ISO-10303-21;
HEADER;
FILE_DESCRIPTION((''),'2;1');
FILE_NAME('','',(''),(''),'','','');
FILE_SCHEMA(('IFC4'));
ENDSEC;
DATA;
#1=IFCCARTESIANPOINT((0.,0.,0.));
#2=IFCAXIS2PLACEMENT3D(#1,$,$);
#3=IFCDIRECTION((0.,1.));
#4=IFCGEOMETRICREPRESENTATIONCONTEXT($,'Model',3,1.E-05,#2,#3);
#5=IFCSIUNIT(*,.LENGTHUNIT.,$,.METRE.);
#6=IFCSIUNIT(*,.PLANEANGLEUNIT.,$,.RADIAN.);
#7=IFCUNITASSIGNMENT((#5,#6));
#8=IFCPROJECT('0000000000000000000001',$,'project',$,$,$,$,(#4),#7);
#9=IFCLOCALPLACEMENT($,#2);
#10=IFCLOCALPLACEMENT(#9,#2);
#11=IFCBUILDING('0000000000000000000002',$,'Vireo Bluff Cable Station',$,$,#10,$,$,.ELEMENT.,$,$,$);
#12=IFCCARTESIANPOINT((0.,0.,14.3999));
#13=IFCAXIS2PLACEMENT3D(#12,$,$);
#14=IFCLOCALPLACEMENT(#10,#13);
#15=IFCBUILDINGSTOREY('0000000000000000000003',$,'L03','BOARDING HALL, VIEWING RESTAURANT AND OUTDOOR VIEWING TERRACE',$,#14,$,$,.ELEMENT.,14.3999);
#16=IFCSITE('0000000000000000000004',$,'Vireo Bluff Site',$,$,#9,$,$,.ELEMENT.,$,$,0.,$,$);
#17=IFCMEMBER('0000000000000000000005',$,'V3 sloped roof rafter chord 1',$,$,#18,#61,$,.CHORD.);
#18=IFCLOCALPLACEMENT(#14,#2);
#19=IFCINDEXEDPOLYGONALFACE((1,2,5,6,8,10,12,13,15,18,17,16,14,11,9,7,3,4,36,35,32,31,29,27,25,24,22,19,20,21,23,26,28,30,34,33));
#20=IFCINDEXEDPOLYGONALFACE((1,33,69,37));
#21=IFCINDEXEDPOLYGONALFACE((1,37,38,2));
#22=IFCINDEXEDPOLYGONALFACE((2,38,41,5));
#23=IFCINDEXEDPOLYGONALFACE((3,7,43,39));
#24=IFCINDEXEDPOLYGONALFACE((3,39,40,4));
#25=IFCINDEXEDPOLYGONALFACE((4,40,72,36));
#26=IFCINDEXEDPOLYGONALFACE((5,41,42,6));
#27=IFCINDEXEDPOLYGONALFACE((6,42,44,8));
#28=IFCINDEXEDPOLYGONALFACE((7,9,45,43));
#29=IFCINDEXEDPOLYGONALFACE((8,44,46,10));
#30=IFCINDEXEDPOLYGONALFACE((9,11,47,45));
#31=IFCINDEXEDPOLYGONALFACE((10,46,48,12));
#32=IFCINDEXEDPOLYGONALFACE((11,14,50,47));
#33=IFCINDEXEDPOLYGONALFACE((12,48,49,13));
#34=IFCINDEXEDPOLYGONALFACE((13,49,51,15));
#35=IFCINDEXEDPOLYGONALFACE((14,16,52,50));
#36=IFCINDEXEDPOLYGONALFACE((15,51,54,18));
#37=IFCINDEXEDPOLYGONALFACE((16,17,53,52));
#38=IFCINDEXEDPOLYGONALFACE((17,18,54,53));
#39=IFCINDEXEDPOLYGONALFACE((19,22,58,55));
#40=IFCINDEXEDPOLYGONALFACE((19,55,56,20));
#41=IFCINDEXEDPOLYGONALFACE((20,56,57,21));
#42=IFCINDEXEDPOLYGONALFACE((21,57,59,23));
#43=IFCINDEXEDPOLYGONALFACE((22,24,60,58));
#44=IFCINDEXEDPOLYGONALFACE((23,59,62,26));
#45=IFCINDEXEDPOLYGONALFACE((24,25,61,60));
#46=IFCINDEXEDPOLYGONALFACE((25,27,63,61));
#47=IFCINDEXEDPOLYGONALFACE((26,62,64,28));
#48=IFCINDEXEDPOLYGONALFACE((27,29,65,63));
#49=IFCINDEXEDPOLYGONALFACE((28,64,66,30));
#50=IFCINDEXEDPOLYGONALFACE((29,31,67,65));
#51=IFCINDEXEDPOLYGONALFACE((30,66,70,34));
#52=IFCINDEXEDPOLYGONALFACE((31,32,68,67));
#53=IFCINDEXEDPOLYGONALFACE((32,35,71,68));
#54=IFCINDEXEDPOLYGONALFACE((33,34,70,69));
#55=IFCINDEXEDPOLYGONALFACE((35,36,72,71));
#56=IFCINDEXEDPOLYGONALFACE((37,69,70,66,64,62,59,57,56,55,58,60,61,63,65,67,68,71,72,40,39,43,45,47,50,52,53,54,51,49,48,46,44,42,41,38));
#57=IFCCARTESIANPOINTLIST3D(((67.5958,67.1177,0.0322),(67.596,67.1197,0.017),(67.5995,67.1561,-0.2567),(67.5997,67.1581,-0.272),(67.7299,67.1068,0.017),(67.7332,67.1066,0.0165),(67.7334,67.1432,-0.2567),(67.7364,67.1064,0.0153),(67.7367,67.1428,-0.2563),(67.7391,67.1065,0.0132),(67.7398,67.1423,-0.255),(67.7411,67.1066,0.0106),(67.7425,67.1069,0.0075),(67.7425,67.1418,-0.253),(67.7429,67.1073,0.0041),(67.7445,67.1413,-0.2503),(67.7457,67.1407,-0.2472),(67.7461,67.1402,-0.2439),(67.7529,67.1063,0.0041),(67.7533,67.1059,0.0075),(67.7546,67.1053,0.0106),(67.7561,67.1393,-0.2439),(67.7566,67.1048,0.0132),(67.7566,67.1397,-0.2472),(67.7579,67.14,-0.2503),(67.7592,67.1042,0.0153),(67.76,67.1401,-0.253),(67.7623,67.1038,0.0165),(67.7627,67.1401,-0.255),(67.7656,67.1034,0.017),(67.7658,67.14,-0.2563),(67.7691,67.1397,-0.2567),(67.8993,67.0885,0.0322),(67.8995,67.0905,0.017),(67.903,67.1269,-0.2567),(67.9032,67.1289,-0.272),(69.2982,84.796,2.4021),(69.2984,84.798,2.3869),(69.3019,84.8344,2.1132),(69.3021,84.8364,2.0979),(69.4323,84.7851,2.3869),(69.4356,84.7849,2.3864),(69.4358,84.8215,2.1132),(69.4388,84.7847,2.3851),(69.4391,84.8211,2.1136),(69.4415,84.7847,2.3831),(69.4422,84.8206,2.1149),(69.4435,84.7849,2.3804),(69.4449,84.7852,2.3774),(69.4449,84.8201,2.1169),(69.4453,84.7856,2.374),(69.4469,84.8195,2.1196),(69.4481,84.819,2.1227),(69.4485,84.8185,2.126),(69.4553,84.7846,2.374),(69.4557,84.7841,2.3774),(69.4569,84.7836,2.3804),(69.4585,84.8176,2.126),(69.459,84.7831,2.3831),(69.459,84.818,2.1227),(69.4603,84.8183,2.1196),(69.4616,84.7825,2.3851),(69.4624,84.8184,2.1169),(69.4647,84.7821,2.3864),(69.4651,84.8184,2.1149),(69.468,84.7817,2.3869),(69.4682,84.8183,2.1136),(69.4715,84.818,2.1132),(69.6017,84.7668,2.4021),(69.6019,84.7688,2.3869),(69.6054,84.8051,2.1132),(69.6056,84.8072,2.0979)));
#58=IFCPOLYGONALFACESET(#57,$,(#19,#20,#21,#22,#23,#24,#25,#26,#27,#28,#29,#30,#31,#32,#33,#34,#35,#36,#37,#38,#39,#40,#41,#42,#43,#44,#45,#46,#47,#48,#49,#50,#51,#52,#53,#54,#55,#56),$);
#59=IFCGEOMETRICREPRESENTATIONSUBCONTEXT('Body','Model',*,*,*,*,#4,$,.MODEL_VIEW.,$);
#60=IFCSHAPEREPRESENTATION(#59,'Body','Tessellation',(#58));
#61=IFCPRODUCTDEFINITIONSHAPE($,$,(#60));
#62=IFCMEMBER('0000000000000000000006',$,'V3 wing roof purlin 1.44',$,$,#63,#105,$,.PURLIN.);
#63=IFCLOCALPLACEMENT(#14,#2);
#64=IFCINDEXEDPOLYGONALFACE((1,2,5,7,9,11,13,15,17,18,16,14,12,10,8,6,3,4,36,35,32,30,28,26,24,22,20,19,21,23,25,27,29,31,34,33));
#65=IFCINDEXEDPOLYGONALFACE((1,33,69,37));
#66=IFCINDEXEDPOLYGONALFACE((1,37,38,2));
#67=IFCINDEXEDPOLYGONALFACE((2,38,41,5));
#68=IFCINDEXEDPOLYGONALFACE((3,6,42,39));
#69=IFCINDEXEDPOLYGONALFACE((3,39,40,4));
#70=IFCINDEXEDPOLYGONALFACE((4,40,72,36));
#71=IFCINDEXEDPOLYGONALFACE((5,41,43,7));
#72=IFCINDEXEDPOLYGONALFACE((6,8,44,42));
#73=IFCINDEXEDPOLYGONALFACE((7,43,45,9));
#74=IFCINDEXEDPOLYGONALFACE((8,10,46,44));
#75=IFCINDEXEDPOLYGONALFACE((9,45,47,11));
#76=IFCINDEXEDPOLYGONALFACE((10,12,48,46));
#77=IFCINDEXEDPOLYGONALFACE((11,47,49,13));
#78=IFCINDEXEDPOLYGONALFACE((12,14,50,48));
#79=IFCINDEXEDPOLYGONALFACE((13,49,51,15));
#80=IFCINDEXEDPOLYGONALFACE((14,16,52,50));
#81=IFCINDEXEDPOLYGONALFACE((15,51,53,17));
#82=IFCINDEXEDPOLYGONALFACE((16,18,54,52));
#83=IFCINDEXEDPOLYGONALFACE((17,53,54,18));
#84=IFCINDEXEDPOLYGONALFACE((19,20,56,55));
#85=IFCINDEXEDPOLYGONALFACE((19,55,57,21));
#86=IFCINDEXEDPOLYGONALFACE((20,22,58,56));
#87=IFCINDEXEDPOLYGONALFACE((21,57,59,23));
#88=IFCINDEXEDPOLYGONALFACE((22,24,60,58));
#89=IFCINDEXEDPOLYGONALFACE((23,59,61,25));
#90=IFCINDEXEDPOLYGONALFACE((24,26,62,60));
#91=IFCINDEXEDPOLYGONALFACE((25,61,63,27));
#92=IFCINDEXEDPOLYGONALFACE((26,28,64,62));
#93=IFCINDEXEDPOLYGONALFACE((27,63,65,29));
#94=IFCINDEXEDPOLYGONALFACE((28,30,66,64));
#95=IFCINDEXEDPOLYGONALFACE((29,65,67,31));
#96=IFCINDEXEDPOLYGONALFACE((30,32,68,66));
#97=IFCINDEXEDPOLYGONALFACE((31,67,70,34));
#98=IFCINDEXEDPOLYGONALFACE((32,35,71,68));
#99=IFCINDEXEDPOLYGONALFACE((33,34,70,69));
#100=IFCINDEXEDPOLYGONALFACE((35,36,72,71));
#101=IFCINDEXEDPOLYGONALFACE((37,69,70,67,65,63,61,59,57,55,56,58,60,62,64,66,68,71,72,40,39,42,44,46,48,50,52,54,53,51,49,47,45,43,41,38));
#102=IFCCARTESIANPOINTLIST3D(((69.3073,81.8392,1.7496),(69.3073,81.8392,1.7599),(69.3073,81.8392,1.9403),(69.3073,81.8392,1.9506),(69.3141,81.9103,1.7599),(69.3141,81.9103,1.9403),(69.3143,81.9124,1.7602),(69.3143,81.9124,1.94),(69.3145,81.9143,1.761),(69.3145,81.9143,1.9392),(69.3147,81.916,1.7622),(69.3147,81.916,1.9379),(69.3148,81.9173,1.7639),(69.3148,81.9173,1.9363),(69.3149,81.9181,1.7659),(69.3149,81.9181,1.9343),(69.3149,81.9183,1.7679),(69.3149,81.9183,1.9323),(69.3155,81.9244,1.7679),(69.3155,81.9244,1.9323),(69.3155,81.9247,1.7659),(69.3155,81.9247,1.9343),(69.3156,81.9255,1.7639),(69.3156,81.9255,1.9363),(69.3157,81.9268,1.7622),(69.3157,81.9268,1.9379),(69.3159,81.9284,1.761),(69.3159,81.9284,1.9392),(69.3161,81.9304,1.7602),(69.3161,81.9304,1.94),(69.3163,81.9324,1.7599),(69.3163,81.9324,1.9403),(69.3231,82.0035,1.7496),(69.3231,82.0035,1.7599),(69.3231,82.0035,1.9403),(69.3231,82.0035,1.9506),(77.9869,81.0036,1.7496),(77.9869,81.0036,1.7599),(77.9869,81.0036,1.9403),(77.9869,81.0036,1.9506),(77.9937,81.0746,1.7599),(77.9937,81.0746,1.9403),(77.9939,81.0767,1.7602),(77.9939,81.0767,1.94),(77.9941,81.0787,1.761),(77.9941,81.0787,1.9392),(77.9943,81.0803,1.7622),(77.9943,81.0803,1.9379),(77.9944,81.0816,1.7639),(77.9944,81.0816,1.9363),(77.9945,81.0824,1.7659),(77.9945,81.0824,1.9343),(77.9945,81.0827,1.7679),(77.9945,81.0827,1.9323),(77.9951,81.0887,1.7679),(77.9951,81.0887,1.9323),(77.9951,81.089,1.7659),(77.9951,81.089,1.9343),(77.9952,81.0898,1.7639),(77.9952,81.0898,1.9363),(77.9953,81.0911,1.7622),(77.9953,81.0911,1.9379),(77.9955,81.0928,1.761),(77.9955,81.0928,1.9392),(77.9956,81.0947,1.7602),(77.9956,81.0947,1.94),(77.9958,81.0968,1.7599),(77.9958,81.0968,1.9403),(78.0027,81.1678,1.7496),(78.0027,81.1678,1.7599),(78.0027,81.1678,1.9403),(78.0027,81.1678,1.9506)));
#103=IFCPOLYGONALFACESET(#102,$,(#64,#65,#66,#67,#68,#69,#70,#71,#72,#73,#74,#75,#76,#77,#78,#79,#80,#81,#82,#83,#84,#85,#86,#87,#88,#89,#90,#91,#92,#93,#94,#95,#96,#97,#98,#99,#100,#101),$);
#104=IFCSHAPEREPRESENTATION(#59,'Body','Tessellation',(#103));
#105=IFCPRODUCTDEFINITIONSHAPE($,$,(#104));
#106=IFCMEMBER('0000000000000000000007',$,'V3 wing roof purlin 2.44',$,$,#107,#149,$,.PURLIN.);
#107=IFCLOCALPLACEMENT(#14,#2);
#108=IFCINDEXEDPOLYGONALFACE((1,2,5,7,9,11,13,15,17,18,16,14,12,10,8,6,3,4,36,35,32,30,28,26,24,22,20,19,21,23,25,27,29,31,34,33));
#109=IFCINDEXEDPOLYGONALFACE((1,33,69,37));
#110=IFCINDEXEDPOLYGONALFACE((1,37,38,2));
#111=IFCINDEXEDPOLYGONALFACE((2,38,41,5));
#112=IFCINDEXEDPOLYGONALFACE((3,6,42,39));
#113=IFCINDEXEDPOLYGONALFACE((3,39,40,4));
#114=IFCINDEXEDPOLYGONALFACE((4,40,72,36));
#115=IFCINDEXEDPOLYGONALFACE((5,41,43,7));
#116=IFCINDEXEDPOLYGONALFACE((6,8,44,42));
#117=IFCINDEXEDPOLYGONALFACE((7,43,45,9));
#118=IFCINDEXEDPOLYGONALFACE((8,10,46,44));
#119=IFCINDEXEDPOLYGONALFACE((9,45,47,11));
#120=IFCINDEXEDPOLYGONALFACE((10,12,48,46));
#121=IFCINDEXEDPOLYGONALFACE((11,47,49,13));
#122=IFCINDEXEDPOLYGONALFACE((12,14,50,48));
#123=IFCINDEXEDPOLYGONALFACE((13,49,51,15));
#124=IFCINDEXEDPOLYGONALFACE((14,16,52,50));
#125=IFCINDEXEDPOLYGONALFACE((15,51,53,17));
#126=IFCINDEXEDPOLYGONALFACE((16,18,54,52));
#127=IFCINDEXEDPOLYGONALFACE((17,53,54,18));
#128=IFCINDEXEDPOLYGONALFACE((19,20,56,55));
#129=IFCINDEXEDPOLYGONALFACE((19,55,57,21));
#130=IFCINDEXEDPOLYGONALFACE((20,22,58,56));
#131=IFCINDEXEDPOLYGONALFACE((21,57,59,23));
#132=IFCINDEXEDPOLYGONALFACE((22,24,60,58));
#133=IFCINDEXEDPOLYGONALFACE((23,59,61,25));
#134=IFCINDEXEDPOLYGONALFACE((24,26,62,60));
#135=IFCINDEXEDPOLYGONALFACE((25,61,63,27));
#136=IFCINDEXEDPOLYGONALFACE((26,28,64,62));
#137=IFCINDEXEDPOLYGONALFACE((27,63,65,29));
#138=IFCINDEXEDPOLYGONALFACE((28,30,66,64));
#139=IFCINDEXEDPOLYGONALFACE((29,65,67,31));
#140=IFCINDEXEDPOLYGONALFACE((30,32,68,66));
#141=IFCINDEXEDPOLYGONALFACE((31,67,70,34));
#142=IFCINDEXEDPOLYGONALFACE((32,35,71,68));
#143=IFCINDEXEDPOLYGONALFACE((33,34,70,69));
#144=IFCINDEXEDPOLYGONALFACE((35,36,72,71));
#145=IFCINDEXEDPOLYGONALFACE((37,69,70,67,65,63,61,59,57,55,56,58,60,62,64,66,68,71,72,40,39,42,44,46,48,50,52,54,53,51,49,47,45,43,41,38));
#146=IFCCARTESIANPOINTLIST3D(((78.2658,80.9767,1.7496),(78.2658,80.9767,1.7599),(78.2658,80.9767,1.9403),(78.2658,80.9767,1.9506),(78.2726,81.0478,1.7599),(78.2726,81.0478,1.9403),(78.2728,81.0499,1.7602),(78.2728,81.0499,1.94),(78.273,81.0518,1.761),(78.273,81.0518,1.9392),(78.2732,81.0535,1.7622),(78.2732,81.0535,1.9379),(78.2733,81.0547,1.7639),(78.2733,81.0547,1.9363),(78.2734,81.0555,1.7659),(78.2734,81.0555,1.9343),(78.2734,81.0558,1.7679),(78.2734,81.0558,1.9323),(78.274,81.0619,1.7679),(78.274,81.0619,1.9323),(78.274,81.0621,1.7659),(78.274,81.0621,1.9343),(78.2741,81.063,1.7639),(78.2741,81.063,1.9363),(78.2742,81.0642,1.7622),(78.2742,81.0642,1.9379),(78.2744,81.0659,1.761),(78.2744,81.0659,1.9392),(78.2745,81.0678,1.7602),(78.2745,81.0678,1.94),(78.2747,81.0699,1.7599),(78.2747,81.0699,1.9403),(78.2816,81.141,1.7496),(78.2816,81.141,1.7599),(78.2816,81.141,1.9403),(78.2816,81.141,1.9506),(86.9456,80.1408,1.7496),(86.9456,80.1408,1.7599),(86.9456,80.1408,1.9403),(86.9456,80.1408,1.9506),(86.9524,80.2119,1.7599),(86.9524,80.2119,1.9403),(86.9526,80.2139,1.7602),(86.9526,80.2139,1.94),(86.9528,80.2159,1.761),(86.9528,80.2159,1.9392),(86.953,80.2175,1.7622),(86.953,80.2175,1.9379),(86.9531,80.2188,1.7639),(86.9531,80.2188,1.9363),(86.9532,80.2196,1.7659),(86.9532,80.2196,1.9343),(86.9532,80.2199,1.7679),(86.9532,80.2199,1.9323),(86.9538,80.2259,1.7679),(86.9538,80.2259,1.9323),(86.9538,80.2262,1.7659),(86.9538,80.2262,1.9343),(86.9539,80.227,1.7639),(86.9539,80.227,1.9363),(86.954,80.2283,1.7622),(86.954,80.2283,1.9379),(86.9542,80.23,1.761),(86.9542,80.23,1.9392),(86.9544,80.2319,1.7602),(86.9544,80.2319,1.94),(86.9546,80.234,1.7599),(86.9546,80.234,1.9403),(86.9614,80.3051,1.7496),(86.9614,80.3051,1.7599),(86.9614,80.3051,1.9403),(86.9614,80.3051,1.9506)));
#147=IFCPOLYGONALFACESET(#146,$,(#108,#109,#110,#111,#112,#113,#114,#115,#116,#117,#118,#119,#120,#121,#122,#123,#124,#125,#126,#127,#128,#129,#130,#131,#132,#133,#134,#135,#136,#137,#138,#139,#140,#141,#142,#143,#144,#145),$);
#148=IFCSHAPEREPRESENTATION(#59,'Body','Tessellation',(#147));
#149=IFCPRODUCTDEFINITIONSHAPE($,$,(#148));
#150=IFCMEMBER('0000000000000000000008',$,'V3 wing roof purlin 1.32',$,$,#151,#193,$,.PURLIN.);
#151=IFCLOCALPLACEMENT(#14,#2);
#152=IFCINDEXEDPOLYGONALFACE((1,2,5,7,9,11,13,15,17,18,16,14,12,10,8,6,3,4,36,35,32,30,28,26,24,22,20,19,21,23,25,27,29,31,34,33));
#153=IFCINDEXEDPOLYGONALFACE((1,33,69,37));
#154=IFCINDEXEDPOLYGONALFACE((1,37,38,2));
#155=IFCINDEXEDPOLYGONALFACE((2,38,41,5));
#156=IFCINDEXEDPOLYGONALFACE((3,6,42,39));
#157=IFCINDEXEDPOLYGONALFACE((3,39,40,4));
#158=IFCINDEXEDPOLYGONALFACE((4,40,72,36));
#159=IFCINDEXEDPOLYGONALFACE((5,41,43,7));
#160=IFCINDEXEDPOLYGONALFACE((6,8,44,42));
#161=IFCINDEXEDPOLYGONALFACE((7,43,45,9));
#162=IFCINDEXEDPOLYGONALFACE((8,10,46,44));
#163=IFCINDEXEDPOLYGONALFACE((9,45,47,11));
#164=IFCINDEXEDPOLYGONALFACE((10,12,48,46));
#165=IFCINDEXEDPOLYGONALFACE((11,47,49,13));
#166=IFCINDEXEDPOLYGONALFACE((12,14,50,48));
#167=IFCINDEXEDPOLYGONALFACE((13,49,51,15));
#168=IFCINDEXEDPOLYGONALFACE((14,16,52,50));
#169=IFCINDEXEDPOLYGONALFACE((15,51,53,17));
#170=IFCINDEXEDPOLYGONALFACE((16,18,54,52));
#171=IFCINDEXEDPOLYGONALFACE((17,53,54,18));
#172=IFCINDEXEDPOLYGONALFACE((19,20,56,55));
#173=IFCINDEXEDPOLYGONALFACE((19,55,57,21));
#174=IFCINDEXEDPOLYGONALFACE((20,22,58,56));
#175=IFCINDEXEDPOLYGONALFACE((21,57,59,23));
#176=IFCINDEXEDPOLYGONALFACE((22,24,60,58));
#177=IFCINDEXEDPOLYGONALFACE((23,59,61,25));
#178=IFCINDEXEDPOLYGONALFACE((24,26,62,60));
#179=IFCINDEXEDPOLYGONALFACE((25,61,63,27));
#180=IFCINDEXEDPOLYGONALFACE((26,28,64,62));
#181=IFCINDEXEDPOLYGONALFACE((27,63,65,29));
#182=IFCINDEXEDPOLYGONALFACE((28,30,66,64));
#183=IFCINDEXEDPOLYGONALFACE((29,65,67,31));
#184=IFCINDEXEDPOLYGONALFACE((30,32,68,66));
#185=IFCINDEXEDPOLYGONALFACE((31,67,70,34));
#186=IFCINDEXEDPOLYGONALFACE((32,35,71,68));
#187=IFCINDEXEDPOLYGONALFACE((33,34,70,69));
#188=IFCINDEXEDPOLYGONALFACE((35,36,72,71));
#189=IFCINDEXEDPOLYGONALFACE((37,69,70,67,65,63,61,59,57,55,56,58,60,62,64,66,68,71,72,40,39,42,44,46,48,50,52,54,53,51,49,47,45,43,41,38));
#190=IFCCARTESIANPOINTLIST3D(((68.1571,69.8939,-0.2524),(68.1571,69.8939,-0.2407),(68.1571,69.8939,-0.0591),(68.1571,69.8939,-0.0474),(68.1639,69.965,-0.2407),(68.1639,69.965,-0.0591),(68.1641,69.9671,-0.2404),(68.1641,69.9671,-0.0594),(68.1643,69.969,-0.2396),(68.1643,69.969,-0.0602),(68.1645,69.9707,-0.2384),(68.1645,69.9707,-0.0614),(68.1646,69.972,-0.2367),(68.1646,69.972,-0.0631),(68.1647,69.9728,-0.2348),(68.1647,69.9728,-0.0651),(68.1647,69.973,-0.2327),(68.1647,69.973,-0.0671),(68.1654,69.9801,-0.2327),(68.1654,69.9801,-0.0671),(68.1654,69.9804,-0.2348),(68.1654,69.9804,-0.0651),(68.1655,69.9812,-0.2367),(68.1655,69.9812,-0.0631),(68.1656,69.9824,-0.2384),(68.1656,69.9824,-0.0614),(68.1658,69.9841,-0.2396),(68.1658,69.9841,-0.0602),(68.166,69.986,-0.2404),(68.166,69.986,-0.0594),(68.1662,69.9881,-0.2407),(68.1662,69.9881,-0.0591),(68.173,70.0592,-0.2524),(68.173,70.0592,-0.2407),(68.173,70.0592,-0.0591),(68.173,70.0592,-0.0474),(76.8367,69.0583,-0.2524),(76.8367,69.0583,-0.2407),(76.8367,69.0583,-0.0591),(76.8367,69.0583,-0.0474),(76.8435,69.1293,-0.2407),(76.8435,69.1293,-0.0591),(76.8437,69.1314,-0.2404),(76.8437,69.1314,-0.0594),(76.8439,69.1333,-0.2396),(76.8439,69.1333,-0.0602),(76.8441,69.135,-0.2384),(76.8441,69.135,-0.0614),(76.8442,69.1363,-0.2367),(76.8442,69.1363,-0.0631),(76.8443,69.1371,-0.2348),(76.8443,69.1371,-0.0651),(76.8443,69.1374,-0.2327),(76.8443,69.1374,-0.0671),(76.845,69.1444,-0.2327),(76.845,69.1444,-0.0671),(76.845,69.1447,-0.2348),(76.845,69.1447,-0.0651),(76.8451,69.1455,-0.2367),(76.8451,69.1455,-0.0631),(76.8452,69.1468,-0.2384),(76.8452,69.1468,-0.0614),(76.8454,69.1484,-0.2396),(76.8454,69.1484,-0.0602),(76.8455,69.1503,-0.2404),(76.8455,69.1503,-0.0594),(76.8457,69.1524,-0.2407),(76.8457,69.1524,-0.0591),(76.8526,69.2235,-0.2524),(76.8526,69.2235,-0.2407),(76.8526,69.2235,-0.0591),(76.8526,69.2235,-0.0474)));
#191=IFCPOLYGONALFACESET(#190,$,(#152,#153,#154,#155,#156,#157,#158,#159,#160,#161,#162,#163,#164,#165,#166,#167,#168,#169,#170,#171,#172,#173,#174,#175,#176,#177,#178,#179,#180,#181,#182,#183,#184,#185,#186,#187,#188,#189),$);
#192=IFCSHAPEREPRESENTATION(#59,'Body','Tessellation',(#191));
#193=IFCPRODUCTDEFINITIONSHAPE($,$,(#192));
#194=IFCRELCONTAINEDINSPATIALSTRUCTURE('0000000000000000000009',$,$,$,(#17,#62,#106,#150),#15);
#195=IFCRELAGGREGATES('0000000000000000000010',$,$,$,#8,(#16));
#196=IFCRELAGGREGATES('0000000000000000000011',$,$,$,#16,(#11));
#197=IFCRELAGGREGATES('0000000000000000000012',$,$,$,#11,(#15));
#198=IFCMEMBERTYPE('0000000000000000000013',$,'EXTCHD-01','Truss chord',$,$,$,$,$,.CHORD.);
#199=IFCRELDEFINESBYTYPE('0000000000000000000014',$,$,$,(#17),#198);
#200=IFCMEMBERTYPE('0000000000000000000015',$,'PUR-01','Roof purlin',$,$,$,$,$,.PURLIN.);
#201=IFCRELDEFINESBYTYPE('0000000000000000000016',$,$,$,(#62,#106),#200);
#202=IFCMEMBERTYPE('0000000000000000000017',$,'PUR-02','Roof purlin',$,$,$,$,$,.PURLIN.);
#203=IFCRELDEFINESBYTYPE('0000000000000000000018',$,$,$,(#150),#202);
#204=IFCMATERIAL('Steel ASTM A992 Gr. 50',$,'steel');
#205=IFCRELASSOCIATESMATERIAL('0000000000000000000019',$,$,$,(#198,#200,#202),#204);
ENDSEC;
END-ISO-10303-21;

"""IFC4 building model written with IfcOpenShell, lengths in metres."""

from ifc_helpers import new_model, si_unit, direction, frame, origin, origin_2d, place, context, subcontext, project, spatial, i_section, extrude, material, material_profile, profile_set, type_object, element, save


model = new_model("IFC4")

# Units and contexts
model_context = context("Model", 3, precision=1e-05, world=origin(), true_north=direction((0.0, 1.0)))
body_context = subcontext(model_context, "Body", "Model", "MODEL_VIEW")
ifc_project = project(units=[si_unit("LENGTHUNIT", "METRE"), si_unit("PLANEANGLEUNIT", "RADIAN")], contexts=[model_context])

# Site, building, storey
site_placement = place(None, origin())
site = spatial("IfcSite", under=ifc_project, at=site_placement, Name="Vireo Bluff Site", CompositionType="ELEMENT", RefElevation=0.0)
building_placement = place(site_placement, origin())
building = spatial("IfcBuilding", under=site, at=building_placement, Name="Vireo Bluff Cable Station", CompositionType="ELEMENT")
storey_placement = place(building_placement, frame((0.0, 0.0, 14.3999)))
storey = spatial("IfcBuildingStorey", under=building, at=storey_placement, Name="L03", Description="BOARDING HALL, VIEWING RESTAURANT AND OUTDOOR VIEWING TERRACE", CompositionType="ELEMENT", Elevation=14.3999)

# Shared definitions
ifc_material_1 = material(Name="Steel ASTM A992 Gr. 50", Category="steel")

# Members
ifc_material_profile_1 = material_profile(ifc_material_1, i_section(OverallWidth=0.3049, OverallDepth=0.3069, WebThickness=0.01, FlangeThickness=0.0154, FilletRadius=0.0129, at=origin_2d()), Name="W12X65")
ifc_profile_set_1 = profile_set([ifc_material_profile_1], Name="Steel ASTM A992 Gr. 50")
member_type_1 = type_object("IfcMemberType", Name="EXTCHD-01", Description="Truss chord", PredefinedType="CHORD", material=ifc_profile_set_1)
member_1_placement = place(storey_placement, frame((67.7495, 67.1233, -0.1199), z_axis=(0.095013, 0.98665, 0.132266), x_axis=(-0.995395, 0.095855, 0.0)))
element("IfcMember", 1, at=member_1_placement, inside=storey, type_object=member_type_1, Name="V3 sloped roof rafter chord 1", PredefinedType="CHORD", context=body_context, shape_type="SweptSolid", body=[
    extrude(i_section(OverallWidth=0.3049, OverallDepth=0.3069, WebThickness=0.01, FlangeThickness=0.0154, FilletRadius=0.0129, at=origin_2d()), origin(), (0.0, 0.0, 1.0), 17.9175),
])
ifc_material_profile_2 = material_profile(ifc_material_1, i_section(OverallWidth=0.165, OverallDepth=0.2009, WebThickness=0.0061, FlangeThickness=0.0103, FilletRadius=0.0081, at=origin_2d()), Name="W8X24")
ifc_profile_set_2 = profile_set([ifc_material_profile_2], Name="Steel ASTM A992 Gr. 50")
member_type_2 = type_object("IfcMemberType", Name="PUR-01", Description="Roof purlin", PredefinedType="PURLIN", material=ifc_profile_set_2)
member_2_placement = place(storey_placement, frame((69.3152, 81.9214, 1.8501), z_axis=(0.995397, -0.095838, 0.0), x_axis=(0.095838, 0.995397, 0.0)))
element("IfcMember", 2, at=member_2_placement, inside=storey, type_object=member_type_2, Name="V3 wing roof purlin 1.44", PredefinedType="PURLIN", context=body_context, shape_type="SweptSolid", body=[
    extrude(i_section(OverallWidth=0.165, OverallDepth=0.2009, WebThickness=0.0061, FlangeThickness=0.0103, FilletRadius=0.0081, at=origin_2d()), origin(), (0.0, 0.0, 1.0), 8.7197),
])
member_3_placement = place(storey_placement, frame((78.2737, 81.0588, 1.8501), z_axis=(0.995395, -0.095863, 0.0), x_axis=(0.095863, 0.995395, 0.0)))
element("IfcMember", 3, at=member_3_placement, inside=storey, type_object=member_type_2, Name="V3 wing roof purlin 2.44", PredefinedType="PURLIN", context=body_context, shape_type="SweptSolid", body=[
    extrude(i_section(OverallWidth=0.165, OverallDepth=0.2009, WebThickness=0.0061, FlangeThickness=0.0103, FilletRadius=0.0081, at=origin_2d()), origin(), (0.0, 0.0, 1.0), 8.72),
])
ifc_material_profile_3 = material_profile(ifc_material_1, i_section(OverallWidth=0.166, OverallDepth=0.2051, WebThickness=0.0071, FlangeThickness=0.0117, FilletRadius=0.0081, at=origin_2d()), Name="W8X28")
ifc_profile_set_3 = profile_set([ifc_material_profile_3], Name="Steel ASTM A992 Gr. 50")
member_type_3 = type_object("IfcMemberType", Name="PUR-02", Description="Roof purlin", PredefinedType="PURLIN", material=ifc_profile_set_3)
member_4_placement = place(storey_placement, frame((68.165, 69.9766, -0.1499), z_axis=(0.995397, -0.095838, 0.0), x_axis=(0.095838, 0.995397, 0.0)))
element("IfcMember", 4, at=member_4_placement, inside=storey, type_object=member_type_3, Name="V3 wing roof purlin 1.32", PredefinedType="PURLIN", context=body_context, shape_type="SweptSolid", body=[
    extrude(i_section(OverallWidth=0.166, OverallDepth=0.2051, WebThickness=0.0071, FlangeThickness=0.0117, FilletRadius=0.0081, at=origin_2d()), origin(), (0.0, 0.0, 1.0), 8.7197),
])

save(model, "model.ifc")
